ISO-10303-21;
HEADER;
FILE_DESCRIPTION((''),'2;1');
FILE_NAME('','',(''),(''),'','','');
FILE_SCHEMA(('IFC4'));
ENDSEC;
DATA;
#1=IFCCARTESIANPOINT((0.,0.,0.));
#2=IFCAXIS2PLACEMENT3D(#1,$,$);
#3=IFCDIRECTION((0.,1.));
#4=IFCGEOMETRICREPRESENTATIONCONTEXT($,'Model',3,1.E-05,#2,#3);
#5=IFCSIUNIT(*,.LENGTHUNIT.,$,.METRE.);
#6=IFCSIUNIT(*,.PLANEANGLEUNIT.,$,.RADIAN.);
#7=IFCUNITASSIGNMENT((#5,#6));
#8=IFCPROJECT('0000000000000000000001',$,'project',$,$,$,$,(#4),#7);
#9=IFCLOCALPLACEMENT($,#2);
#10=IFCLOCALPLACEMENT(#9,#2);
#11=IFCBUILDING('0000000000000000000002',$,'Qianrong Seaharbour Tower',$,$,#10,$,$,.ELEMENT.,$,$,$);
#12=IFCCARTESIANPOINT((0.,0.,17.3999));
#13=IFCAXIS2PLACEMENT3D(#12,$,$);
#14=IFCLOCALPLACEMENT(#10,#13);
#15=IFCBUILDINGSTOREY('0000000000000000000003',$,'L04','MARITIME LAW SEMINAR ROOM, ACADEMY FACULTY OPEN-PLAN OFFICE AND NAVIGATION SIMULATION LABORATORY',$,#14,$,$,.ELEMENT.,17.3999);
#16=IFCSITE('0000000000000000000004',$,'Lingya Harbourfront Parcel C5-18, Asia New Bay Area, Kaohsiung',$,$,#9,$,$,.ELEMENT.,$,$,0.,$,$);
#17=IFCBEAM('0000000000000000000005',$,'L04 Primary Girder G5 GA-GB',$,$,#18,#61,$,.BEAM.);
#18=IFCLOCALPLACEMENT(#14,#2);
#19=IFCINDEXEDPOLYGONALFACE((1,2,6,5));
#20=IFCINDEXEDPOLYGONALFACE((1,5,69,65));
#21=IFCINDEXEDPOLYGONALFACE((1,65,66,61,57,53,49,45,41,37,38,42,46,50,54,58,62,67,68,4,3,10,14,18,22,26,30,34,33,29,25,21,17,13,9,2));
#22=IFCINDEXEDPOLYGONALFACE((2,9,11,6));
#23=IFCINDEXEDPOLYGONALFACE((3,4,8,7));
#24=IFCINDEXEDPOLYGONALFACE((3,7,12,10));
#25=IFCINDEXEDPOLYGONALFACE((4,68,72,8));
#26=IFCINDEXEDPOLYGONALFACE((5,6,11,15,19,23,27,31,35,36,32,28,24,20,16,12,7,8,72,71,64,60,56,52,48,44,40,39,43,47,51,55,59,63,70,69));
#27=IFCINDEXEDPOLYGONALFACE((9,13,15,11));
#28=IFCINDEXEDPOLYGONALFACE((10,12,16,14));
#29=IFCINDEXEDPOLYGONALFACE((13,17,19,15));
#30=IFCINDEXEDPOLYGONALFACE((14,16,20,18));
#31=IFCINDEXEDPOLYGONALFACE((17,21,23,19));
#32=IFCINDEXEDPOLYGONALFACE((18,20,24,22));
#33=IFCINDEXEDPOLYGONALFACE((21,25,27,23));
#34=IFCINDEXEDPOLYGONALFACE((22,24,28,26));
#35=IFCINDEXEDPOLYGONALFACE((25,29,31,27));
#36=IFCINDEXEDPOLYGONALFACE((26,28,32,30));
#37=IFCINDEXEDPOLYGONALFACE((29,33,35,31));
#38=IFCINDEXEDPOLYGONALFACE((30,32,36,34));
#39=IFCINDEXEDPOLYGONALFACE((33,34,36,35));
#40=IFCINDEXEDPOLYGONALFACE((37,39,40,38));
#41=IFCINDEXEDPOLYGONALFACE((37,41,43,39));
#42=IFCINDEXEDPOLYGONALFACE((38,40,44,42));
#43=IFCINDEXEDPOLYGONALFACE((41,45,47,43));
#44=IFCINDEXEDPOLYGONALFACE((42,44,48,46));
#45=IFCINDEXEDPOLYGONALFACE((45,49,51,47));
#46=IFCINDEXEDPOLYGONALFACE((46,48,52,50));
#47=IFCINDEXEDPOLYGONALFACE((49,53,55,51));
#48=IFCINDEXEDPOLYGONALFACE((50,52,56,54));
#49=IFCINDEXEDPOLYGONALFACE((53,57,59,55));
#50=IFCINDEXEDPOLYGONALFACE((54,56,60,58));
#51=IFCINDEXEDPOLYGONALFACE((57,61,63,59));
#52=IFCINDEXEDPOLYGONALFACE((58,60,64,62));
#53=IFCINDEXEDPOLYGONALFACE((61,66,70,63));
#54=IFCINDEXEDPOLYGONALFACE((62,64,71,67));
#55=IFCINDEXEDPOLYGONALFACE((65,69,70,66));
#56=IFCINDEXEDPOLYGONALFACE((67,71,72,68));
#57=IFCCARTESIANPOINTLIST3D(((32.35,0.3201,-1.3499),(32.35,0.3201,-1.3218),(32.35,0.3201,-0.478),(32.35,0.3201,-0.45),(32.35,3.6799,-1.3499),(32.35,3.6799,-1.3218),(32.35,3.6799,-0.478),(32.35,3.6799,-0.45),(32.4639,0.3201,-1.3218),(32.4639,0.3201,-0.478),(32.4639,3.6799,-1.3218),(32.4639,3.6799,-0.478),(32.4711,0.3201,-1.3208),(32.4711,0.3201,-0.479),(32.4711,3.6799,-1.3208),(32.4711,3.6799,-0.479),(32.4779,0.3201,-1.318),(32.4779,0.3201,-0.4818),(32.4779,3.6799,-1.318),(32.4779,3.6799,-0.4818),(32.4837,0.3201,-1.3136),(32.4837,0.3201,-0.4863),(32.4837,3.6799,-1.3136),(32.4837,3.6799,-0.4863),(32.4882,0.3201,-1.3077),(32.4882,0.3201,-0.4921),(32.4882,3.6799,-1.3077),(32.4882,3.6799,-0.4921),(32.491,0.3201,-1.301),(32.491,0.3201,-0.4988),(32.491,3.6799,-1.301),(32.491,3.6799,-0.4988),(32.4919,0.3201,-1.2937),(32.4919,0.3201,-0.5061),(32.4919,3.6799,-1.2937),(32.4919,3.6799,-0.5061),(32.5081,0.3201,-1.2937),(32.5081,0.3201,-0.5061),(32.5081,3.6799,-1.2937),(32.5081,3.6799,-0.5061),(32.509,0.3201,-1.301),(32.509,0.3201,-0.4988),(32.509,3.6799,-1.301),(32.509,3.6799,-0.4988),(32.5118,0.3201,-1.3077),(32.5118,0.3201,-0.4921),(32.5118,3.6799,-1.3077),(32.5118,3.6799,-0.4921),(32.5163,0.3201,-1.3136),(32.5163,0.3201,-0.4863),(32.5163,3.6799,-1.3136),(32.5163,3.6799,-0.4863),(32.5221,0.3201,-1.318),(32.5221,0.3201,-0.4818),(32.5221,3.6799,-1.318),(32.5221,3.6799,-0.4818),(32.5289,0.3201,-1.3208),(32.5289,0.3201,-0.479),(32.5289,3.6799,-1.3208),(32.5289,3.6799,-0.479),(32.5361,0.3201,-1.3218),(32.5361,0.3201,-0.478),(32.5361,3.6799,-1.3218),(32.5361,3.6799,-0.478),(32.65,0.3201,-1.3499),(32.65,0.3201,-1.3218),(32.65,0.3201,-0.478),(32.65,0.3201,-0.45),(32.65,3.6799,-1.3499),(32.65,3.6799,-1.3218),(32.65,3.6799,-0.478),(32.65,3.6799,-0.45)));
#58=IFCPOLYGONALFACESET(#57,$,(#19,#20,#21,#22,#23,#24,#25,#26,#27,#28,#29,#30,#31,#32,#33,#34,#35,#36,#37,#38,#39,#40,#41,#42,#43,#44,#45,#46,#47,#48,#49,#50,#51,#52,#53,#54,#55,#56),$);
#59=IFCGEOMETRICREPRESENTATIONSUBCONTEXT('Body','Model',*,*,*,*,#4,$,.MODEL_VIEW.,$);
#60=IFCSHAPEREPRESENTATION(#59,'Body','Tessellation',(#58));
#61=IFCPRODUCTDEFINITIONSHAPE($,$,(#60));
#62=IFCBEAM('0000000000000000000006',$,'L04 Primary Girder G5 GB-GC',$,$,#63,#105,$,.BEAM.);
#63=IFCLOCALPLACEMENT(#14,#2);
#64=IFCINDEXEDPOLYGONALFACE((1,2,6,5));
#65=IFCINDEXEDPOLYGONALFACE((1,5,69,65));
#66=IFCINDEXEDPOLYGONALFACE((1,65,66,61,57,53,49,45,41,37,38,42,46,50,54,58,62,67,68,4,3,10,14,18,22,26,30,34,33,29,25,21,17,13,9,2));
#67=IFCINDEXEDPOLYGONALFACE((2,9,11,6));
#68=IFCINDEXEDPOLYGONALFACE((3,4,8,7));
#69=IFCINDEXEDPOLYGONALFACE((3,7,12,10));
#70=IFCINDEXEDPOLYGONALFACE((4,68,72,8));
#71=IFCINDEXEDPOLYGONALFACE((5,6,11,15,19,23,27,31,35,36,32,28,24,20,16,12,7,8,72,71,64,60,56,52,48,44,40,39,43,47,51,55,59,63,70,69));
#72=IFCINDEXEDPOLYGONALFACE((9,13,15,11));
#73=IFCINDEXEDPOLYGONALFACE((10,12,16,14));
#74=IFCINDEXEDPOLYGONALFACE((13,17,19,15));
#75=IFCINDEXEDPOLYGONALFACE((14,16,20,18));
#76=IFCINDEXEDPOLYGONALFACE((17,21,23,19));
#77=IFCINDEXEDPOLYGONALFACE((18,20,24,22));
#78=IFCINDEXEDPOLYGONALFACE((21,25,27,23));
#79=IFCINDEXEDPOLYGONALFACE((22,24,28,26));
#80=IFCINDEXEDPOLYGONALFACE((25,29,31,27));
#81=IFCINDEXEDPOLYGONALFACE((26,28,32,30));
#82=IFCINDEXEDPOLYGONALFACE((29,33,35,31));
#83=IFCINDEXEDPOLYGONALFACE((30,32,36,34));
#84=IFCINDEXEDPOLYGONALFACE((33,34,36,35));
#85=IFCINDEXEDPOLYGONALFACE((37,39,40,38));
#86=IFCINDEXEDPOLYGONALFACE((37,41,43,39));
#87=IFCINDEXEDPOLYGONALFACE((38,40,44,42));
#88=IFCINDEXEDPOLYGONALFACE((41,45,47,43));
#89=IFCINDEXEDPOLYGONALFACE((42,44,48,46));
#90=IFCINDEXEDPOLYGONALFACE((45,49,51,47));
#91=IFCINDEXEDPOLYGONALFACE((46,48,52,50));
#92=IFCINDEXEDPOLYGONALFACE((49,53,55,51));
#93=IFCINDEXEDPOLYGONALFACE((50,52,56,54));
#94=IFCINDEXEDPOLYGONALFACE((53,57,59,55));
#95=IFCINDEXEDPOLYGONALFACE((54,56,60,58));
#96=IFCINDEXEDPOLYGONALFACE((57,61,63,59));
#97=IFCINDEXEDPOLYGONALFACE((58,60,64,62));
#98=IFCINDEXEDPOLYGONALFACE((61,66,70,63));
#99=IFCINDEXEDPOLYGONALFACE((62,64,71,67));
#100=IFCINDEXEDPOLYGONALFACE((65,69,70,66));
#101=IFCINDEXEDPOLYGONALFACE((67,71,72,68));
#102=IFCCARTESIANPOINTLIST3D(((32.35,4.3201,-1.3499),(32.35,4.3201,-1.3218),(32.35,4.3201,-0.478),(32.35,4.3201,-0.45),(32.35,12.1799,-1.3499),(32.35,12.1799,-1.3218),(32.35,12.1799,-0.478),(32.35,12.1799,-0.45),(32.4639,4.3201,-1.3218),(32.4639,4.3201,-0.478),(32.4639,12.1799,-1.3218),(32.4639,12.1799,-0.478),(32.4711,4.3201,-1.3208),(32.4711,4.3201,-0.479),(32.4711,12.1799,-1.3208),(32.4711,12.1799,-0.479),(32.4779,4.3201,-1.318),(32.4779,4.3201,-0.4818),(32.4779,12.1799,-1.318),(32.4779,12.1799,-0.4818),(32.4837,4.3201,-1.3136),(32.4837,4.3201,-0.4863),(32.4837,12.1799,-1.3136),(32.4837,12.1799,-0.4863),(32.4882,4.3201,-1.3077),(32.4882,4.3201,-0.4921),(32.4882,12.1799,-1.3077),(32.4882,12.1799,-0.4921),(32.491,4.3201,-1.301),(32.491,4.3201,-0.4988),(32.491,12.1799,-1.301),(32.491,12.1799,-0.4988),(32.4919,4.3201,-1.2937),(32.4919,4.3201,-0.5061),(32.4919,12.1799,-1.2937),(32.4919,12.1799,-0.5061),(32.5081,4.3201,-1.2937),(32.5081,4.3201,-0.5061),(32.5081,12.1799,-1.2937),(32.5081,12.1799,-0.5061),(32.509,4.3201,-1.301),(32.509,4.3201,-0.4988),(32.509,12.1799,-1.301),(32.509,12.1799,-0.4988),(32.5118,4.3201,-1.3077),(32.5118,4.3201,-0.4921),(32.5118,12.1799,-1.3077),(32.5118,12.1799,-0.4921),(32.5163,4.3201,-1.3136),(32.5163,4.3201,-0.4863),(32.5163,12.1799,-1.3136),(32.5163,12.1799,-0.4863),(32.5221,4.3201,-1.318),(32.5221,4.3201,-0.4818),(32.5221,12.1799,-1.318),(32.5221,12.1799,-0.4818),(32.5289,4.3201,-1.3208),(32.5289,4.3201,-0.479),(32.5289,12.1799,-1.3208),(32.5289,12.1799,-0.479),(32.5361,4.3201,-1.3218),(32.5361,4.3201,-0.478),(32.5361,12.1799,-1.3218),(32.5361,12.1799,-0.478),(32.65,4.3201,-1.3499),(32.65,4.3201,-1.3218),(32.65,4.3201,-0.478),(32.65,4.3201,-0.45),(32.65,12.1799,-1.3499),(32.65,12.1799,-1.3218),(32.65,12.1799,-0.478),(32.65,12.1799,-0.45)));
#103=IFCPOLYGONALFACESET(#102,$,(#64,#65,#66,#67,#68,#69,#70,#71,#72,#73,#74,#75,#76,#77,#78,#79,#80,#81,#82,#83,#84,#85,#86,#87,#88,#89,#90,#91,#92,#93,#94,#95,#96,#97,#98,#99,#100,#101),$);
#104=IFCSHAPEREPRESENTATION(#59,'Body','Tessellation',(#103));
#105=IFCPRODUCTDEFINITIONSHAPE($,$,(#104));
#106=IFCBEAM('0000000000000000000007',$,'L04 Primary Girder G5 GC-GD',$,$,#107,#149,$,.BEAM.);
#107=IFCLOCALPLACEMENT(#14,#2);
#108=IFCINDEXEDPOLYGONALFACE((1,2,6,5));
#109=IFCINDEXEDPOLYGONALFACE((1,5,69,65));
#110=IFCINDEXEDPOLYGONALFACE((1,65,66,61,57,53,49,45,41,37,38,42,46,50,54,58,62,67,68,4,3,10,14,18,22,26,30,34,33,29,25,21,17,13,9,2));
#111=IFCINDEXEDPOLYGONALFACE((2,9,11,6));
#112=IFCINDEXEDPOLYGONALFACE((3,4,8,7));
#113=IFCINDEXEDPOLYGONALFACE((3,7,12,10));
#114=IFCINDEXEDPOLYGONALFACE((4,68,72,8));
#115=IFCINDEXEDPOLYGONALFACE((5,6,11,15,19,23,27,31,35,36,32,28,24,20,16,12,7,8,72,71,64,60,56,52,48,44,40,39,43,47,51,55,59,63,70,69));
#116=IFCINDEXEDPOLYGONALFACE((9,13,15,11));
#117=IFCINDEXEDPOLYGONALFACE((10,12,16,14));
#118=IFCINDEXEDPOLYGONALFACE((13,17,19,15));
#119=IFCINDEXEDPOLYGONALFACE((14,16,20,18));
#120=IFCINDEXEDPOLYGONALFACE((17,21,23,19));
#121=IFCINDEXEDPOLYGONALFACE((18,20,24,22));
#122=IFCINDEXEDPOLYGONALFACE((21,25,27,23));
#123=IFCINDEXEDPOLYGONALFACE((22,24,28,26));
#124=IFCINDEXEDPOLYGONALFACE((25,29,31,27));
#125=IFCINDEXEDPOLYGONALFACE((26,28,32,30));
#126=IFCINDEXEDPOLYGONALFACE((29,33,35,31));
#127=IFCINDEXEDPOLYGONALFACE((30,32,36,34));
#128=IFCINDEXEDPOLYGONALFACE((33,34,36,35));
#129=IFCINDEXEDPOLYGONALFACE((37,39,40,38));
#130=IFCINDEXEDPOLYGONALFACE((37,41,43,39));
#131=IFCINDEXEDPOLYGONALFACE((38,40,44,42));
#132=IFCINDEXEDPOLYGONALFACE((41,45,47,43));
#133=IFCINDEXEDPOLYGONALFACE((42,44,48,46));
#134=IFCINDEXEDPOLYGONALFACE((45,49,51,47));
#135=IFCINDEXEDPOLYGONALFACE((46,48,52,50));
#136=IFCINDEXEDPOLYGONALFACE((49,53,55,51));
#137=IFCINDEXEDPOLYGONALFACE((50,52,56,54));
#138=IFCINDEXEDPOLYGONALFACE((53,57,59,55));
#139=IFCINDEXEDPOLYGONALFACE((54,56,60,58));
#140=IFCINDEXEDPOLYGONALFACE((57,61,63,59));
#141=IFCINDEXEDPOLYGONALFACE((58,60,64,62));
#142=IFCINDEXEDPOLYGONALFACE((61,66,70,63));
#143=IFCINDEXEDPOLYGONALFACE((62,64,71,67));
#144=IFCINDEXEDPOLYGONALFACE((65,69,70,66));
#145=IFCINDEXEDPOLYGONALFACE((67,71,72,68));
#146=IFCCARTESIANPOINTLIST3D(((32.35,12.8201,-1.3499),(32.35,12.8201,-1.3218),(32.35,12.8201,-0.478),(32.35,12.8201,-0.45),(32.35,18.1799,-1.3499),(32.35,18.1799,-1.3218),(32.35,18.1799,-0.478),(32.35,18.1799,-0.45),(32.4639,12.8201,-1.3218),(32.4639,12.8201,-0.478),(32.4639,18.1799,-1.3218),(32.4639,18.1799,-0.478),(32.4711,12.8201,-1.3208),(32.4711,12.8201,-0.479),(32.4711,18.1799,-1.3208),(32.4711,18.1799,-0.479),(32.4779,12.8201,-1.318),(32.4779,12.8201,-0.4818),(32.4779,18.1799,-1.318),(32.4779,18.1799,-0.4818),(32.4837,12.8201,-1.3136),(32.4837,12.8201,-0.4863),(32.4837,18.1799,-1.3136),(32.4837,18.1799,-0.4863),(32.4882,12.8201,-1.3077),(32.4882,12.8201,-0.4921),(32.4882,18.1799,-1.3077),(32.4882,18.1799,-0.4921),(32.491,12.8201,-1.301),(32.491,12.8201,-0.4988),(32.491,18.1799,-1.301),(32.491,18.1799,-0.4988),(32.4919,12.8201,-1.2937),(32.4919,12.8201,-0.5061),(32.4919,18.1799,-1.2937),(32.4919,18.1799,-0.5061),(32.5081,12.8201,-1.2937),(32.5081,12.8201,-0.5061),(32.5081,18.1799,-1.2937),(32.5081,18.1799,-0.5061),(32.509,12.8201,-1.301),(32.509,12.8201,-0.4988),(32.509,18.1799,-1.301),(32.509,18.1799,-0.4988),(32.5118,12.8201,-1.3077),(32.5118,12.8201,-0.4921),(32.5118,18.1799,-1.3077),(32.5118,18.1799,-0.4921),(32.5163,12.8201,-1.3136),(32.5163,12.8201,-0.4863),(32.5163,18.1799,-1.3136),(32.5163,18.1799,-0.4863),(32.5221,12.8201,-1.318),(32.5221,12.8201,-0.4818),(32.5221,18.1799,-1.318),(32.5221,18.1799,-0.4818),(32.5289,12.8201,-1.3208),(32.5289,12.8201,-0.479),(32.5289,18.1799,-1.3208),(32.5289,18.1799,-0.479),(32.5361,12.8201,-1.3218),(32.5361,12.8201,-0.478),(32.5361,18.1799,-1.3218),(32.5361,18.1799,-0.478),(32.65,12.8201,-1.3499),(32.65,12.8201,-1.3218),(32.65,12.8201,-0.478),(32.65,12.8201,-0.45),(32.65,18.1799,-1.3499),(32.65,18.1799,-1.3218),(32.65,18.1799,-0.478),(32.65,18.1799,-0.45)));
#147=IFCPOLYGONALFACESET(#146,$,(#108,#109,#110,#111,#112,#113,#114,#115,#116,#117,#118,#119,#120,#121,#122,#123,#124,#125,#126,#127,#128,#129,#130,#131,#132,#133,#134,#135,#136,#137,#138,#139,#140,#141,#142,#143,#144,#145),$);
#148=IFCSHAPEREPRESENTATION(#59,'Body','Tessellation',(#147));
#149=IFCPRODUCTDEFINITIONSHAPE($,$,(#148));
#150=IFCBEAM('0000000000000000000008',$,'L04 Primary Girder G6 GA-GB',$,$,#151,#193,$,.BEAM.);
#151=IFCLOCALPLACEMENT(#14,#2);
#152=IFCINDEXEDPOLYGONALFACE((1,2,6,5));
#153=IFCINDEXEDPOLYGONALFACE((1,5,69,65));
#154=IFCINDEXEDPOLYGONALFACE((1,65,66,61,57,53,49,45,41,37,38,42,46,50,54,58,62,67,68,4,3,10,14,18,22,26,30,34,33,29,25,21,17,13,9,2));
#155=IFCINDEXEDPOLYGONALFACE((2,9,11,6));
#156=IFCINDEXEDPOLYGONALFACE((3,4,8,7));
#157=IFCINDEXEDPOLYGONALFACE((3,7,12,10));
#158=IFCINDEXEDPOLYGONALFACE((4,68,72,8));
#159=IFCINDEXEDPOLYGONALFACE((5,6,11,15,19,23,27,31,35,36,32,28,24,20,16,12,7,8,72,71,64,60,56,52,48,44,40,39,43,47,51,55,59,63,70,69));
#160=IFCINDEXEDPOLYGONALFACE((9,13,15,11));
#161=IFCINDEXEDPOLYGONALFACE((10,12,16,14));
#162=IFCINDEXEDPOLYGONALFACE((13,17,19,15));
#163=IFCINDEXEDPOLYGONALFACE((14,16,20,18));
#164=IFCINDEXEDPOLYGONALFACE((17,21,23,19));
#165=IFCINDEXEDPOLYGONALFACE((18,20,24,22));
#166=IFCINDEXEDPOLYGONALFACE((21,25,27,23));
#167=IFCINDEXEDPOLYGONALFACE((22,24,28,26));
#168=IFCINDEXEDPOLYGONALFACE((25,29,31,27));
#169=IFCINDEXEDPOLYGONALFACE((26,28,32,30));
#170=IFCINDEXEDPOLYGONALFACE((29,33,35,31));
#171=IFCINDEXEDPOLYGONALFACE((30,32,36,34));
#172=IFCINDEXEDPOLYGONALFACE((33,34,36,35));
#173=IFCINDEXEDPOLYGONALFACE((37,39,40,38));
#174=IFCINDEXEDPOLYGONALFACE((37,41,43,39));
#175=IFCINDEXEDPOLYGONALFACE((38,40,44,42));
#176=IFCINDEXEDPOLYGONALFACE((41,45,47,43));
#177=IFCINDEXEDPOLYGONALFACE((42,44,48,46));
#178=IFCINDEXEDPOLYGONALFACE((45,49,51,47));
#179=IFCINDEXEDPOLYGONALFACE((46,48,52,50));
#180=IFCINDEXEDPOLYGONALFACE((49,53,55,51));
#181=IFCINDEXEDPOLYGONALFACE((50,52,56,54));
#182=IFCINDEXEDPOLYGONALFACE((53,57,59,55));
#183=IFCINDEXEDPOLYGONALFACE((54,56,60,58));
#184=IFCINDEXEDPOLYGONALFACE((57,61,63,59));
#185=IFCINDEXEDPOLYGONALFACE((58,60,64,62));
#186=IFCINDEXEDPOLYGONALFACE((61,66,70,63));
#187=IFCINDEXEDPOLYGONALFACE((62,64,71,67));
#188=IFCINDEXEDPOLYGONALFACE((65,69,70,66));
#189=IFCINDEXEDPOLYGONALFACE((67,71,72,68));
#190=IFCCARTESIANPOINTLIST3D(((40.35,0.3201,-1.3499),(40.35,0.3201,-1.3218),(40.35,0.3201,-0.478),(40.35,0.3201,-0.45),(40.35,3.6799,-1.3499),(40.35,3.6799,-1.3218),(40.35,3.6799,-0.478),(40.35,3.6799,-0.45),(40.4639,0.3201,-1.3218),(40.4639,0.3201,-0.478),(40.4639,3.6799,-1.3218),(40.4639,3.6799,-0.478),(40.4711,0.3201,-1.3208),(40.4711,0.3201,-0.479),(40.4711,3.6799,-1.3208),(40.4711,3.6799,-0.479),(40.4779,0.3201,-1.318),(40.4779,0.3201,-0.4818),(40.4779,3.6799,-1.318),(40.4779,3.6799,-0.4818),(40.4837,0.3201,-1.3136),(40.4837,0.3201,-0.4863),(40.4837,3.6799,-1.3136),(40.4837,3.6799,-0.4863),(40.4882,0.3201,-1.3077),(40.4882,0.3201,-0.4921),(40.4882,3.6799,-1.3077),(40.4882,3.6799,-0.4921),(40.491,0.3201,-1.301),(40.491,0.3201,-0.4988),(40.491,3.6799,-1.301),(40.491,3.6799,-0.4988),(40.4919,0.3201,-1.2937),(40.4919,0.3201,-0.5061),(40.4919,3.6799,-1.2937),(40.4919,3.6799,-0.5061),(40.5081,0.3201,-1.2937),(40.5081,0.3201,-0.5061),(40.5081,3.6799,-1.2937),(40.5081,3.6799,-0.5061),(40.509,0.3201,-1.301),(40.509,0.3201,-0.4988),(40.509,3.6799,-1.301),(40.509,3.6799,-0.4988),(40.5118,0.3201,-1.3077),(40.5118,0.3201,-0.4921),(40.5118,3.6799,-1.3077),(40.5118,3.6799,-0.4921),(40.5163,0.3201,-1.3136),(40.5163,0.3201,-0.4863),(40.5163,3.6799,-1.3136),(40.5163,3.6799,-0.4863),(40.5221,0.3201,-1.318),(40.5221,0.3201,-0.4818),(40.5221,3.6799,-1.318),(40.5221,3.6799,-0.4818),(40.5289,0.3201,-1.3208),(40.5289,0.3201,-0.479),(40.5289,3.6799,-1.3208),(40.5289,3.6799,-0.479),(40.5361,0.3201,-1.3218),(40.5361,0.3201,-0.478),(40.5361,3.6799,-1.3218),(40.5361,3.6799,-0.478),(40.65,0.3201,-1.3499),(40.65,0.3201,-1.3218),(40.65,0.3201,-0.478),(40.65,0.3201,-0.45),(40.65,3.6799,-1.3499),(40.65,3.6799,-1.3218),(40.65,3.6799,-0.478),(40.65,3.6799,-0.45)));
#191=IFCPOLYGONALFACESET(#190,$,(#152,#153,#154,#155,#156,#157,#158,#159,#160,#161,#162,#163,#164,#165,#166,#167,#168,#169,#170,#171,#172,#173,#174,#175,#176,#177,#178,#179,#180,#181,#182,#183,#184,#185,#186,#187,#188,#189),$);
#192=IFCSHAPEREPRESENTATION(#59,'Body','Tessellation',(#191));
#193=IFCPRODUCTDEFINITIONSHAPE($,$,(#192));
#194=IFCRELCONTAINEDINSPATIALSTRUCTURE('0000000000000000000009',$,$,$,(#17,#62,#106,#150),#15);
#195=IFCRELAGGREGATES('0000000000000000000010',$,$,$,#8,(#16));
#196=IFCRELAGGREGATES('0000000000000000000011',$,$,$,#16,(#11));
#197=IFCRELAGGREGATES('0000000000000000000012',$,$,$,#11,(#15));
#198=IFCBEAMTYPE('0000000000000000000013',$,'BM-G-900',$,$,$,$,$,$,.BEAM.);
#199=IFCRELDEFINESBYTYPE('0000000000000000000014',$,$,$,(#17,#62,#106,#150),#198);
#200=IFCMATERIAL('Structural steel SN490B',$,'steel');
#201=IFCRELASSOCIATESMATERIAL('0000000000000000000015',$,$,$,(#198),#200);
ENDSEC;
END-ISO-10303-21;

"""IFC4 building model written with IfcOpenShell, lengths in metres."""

from ifc_helpers import new_model, si_unit, direction, frame, origin, origin_2d, place, context, subcontext, project, spatial, i_section, extrude, material, material_profile, profile_set, type_object, element, save


model = new_model("IFC4")

# Units and contexts
model_context = context("Model", 3, precision=1e-05, world=origin(), true_north=direction((0.0, 1.0)))
body_context = subcontext(model_context, "Body", "Model", "MODEL_VIEW")
ifc_project = project(units=[si_unit("LENGTHUNIT", "METRE"), si_unit("PLANEANGLEUNIT", "RADIAN")], contexts=[model_context])

# Site, building, storey
site_placement = place(None, origin())
site = spatial("IfcSite", under=ifc_project, at=site_placement, Name="Lingya Harbourfront Parcel C5-18, Asia New Bay Area, Kaohsiung", CompositionType="ELEMENT", RefElevation=0.0)
building_placement = place(site_placement, origin())
building = spatial("IfcBuilding", under=site, at=building_placement, Name="Qianrong Seaharbour Tower", CompositionType="ELEMENT")
storey_placement = place(building_placement, frame((0.0, 0.0, 17.3999)))
storey = spatial("IfcBuildingStorey", under=building, at=storey_placement, Name="L04", Description="MARITIME LAW SEMINAR ROOM, ACADEMY FACULTY OPEN-PLAN OFFICE AND NAVIGATION SIMULATION LABORATORY", CompositionType="ELEMENT", Elevation=17.3999)

# Beams
ifc_material_1 = material(Name="Structural steel SN490B", Category="steel")
ifc_material_profile_1 = material_profile(ifc_material_1, i_section(OverallWidth=0.3, OverallDepth=0.8999, WebThickness=0.0161, FlangeThickness=0.0281, FilletRadius=0.0281, at=origin_2d()), Name="H900x300x16x28")
ifc_profile_set_1 = profile_set([ifc_material_profile_1], Name="Structural steel SN490B")
beam_type_1 = type_object("IfcBeamType", Name="BM-G-900", PredefinedType="BEAM", material=ifc_profile_set_1)
beam_1_placement = place(storey_placement, frame((32.5, 0.3201, -0.8999), z_axis=(0.0, 1.0, 0.0), x_axis=(-1.0, 0.0, 0.0)))
element("IfcBeam", 1, at=beam_1_placement, inside=storey, type_object=beam_type_1, Name="L04 Primary Girder G5 GA-GB", PredefinedType="BEAM", context=body_context, shape_type="SweptSolid", body=[
    extrude(i_section(OverallWidth=0.3, OverallDepth=0.8999, WebThickness=0.0161, FlangeThickness=0.0281, FilletRadius=0.0281, at=origin_2d()), origin(), (0.0, 0.0, 1.0), 3.3599),
])
beam_2_placement = place(storey_placement, frame((32.5, 4.3201, -0.8999), z_axis=(0.0, 1.0, 0.0), x_axis=(-1.0, 0.0, 0.0)))
element("IfcBeam", 2, at=beam_2_placement, inside=storey, type_object=beam_type_1, Name="L04 Primary Girder G5 GB-GC", PredefinedType="BEAM", context=body_context, shape_type="SweptSolid", body=[
    extrude(i_section(OverallWidth=0.3, OverallDepth=0.8999, WebThickness=0.0161, FlangeThickness=0.0281, FilletRadius=0.0281, at=origin_2d()), origin(), (0.0, 0.0, 1.0), 7.8599),
])
beam_3_placement = place(storey_placement, frame((32.5, 12.8201, -0.8999), z_axis=(0.0, 1.0, 0.0), x_axis=(-1.0, 0.0, 0.0)))
element("IfcBeam", 3, at=beam_3_placement, inside=storey, type_object=beam_type_1, Name="L04 Primary Girder G5 GC-GD", PredefinedType="BEAM", context=body_context, shape_type="SweptSolid", body=[
    extrude(i_section(OverallWidth=0.3, OverallDepth=0.8999, WebThickness=0.0161, FlangeThickness=0.0281, FilletRadius=0.0281, at=origin_2d()), origin(), (0.0, 0.0, 1.0), 5.3599),
])
beam_4_placement = place(storey_placement, frame((40.5, 0.3201, -0.8999), z_axis=(0.0, 1.0, 0.0), x_axis=(-1.0, 0.0, 0.0)))
element("IfcBeam", 4, at=beam_4_placement, inside=storey, type_object=beam_type_1, Name="L04 Primary Girder G6 GA-GB", PredefinedType="BEAM", context=body_context, shape_type="SweptSolid", body=[
    extrude(i_section(OverallWidth=0.3, OverallDepth=0.8999, WebThickness=0.0161, FlangeThickness=0.0281, FilletRadius=0.0281, at=origin_2d()), origin(), (0.0, 0.0, 1.0), 3.3599),
])

save(model, "model.ifc")
